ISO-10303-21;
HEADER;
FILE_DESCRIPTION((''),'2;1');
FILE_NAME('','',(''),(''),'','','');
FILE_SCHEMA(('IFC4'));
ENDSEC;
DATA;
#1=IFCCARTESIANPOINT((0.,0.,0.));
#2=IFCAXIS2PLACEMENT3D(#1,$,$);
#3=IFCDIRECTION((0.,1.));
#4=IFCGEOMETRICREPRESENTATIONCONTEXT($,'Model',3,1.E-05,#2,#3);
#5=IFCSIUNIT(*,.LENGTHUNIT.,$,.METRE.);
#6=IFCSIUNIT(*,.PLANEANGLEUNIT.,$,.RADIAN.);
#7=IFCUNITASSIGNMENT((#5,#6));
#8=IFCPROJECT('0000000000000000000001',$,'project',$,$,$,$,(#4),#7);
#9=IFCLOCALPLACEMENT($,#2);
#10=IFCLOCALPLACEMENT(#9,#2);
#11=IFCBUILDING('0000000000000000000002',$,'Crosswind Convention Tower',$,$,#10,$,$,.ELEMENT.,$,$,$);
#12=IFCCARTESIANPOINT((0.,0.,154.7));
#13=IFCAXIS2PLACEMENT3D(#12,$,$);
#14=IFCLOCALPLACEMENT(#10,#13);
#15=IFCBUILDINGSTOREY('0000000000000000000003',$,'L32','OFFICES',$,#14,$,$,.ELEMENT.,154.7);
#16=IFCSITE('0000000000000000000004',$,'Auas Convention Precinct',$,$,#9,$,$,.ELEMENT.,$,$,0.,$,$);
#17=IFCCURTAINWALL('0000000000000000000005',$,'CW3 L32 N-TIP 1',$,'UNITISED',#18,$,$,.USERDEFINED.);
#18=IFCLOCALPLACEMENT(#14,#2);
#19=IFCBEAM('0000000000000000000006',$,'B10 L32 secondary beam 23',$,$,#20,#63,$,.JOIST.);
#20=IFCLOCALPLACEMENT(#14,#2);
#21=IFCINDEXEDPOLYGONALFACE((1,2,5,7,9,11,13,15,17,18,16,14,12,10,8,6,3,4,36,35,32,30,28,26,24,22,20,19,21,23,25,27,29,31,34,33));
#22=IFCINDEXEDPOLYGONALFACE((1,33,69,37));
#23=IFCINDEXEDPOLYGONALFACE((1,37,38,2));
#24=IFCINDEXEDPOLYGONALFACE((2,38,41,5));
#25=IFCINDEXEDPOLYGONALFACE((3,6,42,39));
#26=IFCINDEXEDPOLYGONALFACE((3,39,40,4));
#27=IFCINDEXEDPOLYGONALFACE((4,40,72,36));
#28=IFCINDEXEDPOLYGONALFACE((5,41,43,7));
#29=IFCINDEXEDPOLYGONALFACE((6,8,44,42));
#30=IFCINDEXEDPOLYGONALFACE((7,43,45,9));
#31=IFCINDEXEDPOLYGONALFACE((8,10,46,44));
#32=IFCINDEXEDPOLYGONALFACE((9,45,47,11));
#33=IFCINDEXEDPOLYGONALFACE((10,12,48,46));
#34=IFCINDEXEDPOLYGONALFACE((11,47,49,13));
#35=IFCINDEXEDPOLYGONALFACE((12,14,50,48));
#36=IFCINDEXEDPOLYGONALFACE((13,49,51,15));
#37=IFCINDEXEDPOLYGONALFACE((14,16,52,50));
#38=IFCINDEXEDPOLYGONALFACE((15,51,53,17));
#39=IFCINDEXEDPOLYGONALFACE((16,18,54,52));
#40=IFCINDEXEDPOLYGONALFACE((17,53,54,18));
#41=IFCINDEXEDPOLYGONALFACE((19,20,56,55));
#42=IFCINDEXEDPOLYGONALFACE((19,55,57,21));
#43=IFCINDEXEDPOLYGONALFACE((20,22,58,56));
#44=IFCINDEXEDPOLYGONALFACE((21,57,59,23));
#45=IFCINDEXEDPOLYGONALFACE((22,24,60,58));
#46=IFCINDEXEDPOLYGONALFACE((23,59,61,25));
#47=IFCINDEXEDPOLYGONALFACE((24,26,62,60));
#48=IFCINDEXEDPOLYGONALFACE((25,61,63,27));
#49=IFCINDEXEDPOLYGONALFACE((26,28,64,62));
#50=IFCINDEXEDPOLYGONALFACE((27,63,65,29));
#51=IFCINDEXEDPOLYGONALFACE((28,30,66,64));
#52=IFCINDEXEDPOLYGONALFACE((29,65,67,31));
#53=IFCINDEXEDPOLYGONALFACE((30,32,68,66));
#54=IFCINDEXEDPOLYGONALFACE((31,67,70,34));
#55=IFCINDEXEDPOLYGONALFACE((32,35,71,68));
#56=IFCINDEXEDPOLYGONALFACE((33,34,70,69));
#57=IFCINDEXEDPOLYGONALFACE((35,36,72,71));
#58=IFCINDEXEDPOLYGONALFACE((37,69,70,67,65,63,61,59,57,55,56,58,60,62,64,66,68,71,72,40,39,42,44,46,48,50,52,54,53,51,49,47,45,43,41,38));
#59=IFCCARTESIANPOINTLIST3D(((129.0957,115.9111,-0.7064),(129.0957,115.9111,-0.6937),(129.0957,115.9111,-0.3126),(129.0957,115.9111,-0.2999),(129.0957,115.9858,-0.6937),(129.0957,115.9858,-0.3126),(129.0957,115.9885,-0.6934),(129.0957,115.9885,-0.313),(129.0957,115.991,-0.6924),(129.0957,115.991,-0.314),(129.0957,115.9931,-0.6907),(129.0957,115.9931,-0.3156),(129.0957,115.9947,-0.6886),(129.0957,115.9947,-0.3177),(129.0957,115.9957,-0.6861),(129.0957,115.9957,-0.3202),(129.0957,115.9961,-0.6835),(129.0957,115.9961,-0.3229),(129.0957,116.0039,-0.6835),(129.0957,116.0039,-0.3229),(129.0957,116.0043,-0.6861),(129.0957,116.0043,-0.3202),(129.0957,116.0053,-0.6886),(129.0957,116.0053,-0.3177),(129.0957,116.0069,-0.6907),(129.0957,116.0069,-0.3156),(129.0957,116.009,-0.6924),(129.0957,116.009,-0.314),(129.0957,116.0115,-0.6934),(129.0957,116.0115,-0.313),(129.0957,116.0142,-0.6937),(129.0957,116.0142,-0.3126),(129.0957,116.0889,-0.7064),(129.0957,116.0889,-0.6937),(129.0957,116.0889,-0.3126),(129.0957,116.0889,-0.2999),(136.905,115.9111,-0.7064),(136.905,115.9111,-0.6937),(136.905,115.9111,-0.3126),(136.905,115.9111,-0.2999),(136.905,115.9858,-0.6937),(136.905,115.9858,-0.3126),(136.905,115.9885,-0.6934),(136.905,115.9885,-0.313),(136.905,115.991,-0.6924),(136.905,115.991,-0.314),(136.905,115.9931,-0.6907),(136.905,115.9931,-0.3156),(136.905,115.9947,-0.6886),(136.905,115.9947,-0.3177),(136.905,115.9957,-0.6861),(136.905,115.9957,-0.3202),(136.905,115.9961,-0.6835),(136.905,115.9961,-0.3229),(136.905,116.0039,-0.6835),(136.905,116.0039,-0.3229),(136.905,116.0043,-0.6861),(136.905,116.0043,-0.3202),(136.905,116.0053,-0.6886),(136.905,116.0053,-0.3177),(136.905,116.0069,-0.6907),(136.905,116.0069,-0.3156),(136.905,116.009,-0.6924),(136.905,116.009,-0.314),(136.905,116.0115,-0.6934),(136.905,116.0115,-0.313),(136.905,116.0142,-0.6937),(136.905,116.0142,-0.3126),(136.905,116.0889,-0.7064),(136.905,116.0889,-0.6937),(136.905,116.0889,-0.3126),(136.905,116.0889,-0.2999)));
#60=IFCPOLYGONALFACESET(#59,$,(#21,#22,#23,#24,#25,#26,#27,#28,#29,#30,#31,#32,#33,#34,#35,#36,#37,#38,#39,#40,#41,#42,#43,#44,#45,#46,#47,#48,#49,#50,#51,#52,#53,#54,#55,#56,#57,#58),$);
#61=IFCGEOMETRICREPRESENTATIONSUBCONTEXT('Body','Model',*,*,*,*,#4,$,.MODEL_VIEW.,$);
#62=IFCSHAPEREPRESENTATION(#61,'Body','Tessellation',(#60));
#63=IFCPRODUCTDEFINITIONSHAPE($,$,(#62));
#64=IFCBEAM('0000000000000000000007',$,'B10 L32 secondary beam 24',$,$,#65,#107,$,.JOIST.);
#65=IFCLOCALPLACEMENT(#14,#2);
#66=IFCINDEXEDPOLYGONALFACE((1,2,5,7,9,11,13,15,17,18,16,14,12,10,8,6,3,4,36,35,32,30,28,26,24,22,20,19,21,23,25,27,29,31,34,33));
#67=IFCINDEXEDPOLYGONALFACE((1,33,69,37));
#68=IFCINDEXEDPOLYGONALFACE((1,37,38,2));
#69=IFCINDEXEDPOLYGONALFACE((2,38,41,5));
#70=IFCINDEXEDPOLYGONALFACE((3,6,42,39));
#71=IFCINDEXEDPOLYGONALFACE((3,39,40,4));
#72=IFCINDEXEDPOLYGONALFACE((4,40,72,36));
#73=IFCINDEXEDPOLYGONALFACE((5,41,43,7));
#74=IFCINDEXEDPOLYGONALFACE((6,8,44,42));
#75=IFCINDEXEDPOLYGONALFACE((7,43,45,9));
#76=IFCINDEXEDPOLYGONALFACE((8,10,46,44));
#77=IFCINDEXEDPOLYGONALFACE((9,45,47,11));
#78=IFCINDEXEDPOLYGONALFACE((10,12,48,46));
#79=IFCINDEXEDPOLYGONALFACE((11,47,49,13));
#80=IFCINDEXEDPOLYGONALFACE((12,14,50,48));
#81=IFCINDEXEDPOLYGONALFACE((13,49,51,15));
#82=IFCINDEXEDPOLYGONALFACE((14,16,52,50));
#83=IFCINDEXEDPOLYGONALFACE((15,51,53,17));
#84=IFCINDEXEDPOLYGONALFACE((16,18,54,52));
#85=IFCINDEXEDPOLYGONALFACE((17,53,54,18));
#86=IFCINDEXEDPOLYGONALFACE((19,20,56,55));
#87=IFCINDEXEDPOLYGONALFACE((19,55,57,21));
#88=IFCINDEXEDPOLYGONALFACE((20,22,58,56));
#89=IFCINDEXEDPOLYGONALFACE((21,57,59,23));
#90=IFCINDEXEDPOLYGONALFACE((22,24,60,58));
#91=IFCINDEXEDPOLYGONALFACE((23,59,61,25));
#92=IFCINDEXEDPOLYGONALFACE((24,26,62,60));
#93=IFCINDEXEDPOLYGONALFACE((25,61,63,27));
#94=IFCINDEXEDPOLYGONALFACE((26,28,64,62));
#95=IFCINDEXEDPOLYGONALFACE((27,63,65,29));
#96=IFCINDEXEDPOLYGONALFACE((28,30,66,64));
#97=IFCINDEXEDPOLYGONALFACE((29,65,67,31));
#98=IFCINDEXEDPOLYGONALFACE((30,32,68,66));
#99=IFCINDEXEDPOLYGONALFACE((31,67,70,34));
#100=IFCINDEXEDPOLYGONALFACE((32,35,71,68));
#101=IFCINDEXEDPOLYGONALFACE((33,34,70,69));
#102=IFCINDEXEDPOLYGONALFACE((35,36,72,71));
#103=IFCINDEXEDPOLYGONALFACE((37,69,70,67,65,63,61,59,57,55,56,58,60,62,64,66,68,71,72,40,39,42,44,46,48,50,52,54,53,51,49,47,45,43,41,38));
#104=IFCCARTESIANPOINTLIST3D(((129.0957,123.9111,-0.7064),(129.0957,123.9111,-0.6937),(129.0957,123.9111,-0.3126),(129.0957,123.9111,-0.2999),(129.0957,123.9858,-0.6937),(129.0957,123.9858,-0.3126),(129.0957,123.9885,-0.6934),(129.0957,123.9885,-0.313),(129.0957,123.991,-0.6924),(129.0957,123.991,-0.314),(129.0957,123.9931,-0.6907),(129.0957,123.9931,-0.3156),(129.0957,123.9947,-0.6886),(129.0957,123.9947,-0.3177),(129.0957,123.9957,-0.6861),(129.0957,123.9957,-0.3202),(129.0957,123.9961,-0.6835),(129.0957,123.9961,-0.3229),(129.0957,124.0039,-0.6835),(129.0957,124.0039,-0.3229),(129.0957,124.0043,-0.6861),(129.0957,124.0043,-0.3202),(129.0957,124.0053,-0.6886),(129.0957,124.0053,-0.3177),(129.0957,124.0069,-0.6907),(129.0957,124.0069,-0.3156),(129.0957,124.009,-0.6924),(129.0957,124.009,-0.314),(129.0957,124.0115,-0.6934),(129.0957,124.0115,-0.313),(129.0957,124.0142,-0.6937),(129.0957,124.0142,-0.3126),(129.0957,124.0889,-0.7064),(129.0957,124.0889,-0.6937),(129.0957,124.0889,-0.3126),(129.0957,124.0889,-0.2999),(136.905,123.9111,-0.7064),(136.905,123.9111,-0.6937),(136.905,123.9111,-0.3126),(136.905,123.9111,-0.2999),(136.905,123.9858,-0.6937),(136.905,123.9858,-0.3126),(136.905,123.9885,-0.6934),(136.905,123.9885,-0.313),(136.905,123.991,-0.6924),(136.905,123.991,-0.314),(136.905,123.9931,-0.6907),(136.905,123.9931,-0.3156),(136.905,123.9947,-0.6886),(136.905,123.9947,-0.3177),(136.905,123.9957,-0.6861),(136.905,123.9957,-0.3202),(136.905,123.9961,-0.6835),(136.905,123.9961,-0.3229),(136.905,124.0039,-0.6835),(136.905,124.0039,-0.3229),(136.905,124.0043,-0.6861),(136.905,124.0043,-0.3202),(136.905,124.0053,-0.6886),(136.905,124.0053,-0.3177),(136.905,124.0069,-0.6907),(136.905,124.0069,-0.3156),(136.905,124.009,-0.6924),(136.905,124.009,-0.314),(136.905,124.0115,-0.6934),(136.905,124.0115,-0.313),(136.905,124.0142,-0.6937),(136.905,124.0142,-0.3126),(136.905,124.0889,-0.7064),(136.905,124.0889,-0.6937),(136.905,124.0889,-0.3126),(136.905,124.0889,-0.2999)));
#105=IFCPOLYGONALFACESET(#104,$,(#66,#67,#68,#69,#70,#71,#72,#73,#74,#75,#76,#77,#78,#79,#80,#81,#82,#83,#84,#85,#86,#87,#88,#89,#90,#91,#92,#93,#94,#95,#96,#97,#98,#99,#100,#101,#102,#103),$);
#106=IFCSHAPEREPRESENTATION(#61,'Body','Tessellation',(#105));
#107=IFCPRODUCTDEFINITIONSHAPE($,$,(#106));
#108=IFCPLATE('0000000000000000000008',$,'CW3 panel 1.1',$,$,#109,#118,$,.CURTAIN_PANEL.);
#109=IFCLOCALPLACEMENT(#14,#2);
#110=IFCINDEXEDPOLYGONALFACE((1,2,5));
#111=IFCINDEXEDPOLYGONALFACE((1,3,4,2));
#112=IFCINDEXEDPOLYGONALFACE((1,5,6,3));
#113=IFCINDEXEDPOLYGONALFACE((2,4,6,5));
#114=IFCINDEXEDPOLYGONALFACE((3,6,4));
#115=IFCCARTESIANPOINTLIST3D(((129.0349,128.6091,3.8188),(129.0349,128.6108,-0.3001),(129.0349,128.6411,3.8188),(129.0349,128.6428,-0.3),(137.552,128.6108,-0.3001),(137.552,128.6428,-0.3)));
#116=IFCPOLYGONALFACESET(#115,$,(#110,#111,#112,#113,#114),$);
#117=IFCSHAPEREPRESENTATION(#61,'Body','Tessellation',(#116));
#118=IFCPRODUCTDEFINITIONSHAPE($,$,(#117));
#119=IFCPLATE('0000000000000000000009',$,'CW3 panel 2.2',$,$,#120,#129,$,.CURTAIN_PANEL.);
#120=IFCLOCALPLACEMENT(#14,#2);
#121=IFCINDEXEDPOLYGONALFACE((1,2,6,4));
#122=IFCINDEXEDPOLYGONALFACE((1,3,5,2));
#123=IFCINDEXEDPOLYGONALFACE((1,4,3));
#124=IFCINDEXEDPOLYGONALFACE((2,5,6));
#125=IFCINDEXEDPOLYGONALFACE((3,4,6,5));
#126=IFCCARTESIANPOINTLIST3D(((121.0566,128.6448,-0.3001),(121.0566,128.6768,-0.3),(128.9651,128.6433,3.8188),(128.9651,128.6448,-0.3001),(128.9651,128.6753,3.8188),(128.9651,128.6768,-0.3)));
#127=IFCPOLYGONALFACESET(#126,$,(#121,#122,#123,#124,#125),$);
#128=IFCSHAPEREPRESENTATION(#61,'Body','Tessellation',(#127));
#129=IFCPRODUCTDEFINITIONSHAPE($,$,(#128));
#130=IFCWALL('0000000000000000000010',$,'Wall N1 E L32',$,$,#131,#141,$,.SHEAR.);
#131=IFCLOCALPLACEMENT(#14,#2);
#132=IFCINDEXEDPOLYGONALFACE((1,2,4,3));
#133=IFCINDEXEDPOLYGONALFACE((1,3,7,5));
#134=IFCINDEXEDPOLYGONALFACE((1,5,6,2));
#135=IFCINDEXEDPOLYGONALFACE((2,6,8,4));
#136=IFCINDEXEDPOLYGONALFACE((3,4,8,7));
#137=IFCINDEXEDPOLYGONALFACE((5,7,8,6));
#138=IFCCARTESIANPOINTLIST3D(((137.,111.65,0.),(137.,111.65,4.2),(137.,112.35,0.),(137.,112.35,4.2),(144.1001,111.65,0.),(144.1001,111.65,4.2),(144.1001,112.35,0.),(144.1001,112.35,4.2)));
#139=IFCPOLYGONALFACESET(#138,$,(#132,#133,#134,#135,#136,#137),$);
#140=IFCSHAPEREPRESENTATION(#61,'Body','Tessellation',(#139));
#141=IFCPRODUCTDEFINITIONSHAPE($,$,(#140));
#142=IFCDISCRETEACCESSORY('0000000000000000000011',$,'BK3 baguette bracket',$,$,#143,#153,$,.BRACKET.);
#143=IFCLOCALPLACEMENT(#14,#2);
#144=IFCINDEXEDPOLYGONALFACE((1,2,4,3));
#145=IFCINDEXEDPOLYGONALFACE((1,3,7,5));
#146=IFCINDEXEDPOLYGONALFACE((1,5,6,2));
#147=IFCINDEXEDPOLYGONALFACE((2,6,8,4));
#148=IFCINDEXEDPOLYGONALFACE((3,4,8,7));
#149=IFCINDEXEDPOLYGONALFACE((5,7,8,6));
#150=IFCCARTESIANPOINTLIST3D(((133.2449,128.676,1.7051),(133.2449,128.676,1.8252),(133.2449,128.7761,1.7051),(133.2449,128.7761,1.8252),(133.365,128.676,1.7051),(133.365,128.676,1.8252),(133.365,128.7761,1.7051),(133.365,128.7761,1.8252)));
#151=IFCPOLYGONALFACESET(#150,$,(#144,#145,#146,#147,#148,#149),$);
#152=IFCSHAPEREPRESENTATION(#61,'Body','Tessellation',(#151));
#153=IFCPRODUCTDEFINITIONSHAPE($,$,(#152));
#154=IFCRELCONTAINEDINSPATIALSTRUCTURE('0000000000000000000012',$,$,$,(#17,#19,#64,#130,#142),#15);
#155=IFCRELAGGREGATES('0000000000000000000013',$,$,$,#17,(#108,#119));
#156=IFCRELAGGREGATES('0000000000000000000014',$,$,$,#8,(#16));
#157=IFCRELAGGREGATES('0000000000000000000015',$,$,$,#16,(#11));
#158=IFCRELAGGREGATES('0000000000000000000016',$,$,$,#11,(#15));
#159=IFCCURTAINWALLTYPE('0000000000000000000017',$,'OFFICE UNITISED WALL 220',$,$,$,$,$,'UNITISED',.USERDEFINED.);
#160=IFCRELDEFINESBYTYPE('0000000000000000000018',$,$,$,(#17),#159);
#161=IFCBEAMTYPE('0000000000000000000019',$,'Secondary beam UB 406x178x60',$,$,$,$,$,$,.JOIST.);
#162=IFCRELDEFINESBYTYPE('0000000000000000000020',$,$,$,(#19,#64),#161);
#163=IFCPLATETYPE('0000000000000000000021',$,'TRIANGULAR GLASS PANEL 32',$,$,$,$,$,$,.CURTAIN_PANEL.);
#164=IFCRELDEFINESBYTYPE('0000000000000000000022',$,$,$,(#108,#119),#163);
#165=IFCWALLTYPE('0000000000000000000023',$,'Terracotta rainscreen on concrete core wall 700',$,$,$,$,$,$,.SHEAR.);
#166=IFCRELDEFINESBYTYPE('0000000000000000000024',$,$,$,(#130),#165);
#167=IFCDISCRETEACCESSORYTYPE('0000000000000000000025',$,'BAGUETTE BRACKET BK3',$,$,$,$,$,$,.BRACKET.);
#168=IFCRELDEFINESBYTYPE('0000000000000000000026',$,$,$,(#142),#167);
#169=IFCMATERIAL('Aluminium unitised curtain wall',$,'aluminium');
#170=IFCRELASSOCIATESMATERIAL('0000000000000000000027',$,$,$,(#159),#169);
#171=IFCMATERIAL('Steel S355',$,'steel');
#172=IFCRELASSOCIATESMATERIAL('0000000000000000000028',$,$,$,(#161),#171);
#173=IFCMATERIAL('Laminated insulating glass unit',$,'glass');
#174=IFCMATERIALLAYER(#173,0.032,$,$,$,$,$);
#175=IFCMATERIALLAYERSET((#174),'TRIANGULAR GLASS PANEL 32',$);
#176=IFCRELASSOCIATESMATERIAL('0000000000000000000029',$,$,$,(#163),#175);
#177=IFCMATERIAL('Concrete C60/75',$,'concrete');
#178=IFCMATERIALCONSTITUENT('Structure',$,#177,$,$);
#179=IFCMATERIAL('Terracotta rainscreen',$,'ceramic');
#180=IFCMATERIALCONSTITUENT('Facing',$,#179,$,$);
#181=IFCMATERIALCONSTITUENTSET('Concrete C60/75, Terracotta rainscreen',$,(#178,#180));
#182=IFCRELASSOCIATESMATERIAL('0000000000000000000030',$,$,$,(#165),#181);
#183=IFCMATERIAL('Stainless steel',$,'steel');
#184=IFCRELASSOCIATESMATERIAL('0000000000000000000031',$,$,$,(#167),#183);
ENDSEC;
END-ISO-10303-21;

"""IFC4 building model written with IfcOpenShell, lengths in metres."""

from ifc_helpers import new_model, si_unit, direction, frame, frame_2d, origin, origin_2d, place, context, subcontext, project, spatial, polyline, rectangle, i_section, outline, extrude, material, layer, layer_set, constituent, constituent_set, material_profile, profile_set, type_object, element, aggregate, save


model = new_model("IFC4")

# Units and contexts
model_context = context("Model", 3, precision=1e-05, world=origin(), true_north=direction((0.0, 1.0)))
body_context = subcontext(model_context, "Body", "Model", "MODEL_VIEW")
ifc_project = project(units=[si_unit("LENGTHUNIT", "METRE"), si_unit("PLANEANGLEUNIT", "RADIAN")], contexts=[model_context])

# Site, building, storey
site_placement = place(None, origin())
site = spatial("IfcSite", under=ifc_project, at=site_placement, Name="Auas Convention Precinct", CompositionType="ELEMENT", RefElevation=0.0)
building_placement = place(site_placement, origin())
building = spatial("IfcBuilding", under=site, at=building_placement, Name="Crosswind Convention Tower", CompositionType="ELEMENT")
storey_placement = place(building_placement, frame((0.0, 0.0, 154.7)))
storey = spatial("IfcBuildingStorey", under=building, at=storey_placement, Name="L32", Description="OFFICES", CompositionType="ELEMENT", Elevation=154.7)

# Shared definitions
ifc_material_1 = material(Name="Concrete C60/75", Category="concrete")

# Shared definitions
ifc_material_2 = material(Name="Steel S355", Category="steel")

# Curtain wall
ifc_material_3 = material(Name="Aluminium unitised curtain wall", Category="aluminium")
curtain_wall_type = type_object("IfcCurtainWallType", Name="OFFICE UNITISED WALL 220", ElementType="UNITISED", PredefinedType="USERDEFINED", material=ifc_material_3)
curtain_wall_placement = place(storey_placement, origin())
curtain_wall = element("IfcCurtainWall", 1, at=curtain_wall_placement, inside=storey, type_object=curtain_wall_type, Name="CW3 L32 N-TIP 1", ObjectType="UNITISED", PredefinedType="USERDEFINED")

# Beams
ifc_material_profile_1 = material_profile(ifc_material_2, i_section(OverallWidth=0.1777, OverallDepth=0.4065, WebThickness=0.0078, FlangeThickness=0.0127, FilletRadius=0.0103, at=origin_2d()), Name="UB 406x178x60")
ifc_profile_set_1 = profile_set([ifc_material_profile_1], Name="Steel S355")
beam_type_1 = type_object("IfcBeamType", Name="Secondary beam UB 406x178x60", PredefinedType="JOIST", material=ifc_profile_set_1)
for number, where, z_axis, x_axis, name in (
    (2, (129.0957, 116.0, -0.5032), (1.0, 0.0, 0.0), (0.0, 1.0, 0.0), "B10 L32 secondary beam 23"),
    (3, (129.0957, 124.0, -0.5032), (1.0, 0.0, 0.0), (0.0, 1.0, 0.0), "B10 L32 secondary beam 24"),
):
    element("IfcBeam", number, at=place(storey_placement, frame(where, z_axis=z_axis, x_axis=x_axis)), inside=storey, type_object=beam_type_1, Name=name, PredefinedType="JOIST", context=body_context, shape_type="SweptSolid", body=[
        extrude(i_section(OverallWidth=0.1777, OverallDepth=0.4065, WebThickness=0.0078, FlangeThickness=0.0127, FilletRadius=0.0103, at=origin_2d()), origin(), (0.0, 0.0, 1.0), 7.8093),
    ])

# Plates
ifc_material_4 = material(Name="Laminated insulating glass unit", Category="glass")
ifc_layer = layer(ifc_material_4, 0.032)
ifc_layer_set = layer_set([ifc_layer], Name="TRIANGULAR GLASS PANEL 32")
plate_type = type_object("IfcPlateType", Name="TRIANGULAR GLASS PANEL 32", PredefinedType="CURTAIN_PANEL", material=ifc_layer_set)
plate_1_placement = place(storey_placement, frame((129.0349, 128.6428, -0.3), z_axis=(0.0, 1.0, 0.000415), x_axis=(0.0, -0.000415, 1.0)))
plate_1 = element("IfcPlate", 4, at=plate_1_placement, type_object=plate_type, Name="CW3 panel 1.1", PredefinedType="CURTAIN_PANEL", context=body_context, shape_type="SweptSolid", body=[
    extrude(outline(polyline([(0.0, 0.0), (4.1189, 0.0), (0.0, 8.5171), (0.0, 0.0)])), origin(), (0.0, 0.0, -1.0), 0.032),
])
plate_2_placement = place(storey_placement, frame((128.9651, 128.6768, -0.3), z_axis=(0.0, 1.0, 0.000356), x_axis=(-1.0, 0.0, 0.0)))
plate_2 = element("IfcPlate", 5, at=plate_2_placement, type_object=plate_type, Name="CW3 panel 2.2", PredefinedType="CURTAIN_PANEL", context=body_context, shape_type="SweptSolid", body=[
    extrude(outline(polyline([(0.0, 0.0), (7.9084, 0.0), (0.0, 4.1189), (0.0, 0.0)])), origin(), (0.0, 0.0, -1.0), 0.032),
])
aggregate(curtain_wall, [plate_1, plate_2])

# Wall
ifc_constituent_1 = constituent(ifc_material_1, Name="Structure")
ifc_material_5 = material(Name="Terracotta rainscreen", Category="ceramic")
ifc_constituent_2 = constituent(ifc_material_5, Name="Facing")
ifc_constituent_set = constituent_set(constituents=[ifc_constituent_1, ifc_constituent_2], Name="Concrete C60/75, Terracotta rainscreen")
wall_type = type_object("IfcWallType", Name="Terracotta rainscreen on concrete core wall 700", PredefinedType="SHEAR", material=ifc_constituent_set)
wall_placement = place(storey_placement, frame((137.0, 112.0, 0.0), z_axis=(0.0, 0.0, 1.0), x_axis=(1.0, 0.0, 0.0)))
element("IfcWall", 6, at=wall_placement, inside=storey, type_object=wall_type, Name="Wall N1 E L32", PredefinedType="SHEAR", context=body_context, shape_type="SweptSolid", body=[
    extrude(rectangle(XDim=7.1001, YDim=0.7, at=frame_2d((3.55, 0.0))), origin(), (0.0, 0.0, 1.0), 4.2),
])

# Discrete accessory
ifc_material_6 = material(Name="Stainless steel", Category="steel")
discrete_accessory_type = type_object("IfcDiscreteAccessoryType", Name="BAGUETTE BRACKET BK3", PredefinedType="BRACKET", material=ifc_material_6)
discrete_accessory_placement = place(storey_placement, frame((133.3049, 128.7261, 1.7051), z_axis=(0.0, 0.0, 1.0), x_axis=(-1.0, 0.0, 0.0)))
element("IfcDiscreteAccessory", 7, at=discrete_accessory_placement, inside=storey, type_object=discrete_accessory_type, Name="BK3 baguette bracket", PredefinedType="BRACKET", context=body_context, shape_type="SweptSolid", body=[
    extrude(rectangle(XDim=0.1201, YDim=0.1001, at=origin_2d()), origin(), (0.0, 0.0, 1.0), 0.1201),
])

save(model, "model.ifc")
